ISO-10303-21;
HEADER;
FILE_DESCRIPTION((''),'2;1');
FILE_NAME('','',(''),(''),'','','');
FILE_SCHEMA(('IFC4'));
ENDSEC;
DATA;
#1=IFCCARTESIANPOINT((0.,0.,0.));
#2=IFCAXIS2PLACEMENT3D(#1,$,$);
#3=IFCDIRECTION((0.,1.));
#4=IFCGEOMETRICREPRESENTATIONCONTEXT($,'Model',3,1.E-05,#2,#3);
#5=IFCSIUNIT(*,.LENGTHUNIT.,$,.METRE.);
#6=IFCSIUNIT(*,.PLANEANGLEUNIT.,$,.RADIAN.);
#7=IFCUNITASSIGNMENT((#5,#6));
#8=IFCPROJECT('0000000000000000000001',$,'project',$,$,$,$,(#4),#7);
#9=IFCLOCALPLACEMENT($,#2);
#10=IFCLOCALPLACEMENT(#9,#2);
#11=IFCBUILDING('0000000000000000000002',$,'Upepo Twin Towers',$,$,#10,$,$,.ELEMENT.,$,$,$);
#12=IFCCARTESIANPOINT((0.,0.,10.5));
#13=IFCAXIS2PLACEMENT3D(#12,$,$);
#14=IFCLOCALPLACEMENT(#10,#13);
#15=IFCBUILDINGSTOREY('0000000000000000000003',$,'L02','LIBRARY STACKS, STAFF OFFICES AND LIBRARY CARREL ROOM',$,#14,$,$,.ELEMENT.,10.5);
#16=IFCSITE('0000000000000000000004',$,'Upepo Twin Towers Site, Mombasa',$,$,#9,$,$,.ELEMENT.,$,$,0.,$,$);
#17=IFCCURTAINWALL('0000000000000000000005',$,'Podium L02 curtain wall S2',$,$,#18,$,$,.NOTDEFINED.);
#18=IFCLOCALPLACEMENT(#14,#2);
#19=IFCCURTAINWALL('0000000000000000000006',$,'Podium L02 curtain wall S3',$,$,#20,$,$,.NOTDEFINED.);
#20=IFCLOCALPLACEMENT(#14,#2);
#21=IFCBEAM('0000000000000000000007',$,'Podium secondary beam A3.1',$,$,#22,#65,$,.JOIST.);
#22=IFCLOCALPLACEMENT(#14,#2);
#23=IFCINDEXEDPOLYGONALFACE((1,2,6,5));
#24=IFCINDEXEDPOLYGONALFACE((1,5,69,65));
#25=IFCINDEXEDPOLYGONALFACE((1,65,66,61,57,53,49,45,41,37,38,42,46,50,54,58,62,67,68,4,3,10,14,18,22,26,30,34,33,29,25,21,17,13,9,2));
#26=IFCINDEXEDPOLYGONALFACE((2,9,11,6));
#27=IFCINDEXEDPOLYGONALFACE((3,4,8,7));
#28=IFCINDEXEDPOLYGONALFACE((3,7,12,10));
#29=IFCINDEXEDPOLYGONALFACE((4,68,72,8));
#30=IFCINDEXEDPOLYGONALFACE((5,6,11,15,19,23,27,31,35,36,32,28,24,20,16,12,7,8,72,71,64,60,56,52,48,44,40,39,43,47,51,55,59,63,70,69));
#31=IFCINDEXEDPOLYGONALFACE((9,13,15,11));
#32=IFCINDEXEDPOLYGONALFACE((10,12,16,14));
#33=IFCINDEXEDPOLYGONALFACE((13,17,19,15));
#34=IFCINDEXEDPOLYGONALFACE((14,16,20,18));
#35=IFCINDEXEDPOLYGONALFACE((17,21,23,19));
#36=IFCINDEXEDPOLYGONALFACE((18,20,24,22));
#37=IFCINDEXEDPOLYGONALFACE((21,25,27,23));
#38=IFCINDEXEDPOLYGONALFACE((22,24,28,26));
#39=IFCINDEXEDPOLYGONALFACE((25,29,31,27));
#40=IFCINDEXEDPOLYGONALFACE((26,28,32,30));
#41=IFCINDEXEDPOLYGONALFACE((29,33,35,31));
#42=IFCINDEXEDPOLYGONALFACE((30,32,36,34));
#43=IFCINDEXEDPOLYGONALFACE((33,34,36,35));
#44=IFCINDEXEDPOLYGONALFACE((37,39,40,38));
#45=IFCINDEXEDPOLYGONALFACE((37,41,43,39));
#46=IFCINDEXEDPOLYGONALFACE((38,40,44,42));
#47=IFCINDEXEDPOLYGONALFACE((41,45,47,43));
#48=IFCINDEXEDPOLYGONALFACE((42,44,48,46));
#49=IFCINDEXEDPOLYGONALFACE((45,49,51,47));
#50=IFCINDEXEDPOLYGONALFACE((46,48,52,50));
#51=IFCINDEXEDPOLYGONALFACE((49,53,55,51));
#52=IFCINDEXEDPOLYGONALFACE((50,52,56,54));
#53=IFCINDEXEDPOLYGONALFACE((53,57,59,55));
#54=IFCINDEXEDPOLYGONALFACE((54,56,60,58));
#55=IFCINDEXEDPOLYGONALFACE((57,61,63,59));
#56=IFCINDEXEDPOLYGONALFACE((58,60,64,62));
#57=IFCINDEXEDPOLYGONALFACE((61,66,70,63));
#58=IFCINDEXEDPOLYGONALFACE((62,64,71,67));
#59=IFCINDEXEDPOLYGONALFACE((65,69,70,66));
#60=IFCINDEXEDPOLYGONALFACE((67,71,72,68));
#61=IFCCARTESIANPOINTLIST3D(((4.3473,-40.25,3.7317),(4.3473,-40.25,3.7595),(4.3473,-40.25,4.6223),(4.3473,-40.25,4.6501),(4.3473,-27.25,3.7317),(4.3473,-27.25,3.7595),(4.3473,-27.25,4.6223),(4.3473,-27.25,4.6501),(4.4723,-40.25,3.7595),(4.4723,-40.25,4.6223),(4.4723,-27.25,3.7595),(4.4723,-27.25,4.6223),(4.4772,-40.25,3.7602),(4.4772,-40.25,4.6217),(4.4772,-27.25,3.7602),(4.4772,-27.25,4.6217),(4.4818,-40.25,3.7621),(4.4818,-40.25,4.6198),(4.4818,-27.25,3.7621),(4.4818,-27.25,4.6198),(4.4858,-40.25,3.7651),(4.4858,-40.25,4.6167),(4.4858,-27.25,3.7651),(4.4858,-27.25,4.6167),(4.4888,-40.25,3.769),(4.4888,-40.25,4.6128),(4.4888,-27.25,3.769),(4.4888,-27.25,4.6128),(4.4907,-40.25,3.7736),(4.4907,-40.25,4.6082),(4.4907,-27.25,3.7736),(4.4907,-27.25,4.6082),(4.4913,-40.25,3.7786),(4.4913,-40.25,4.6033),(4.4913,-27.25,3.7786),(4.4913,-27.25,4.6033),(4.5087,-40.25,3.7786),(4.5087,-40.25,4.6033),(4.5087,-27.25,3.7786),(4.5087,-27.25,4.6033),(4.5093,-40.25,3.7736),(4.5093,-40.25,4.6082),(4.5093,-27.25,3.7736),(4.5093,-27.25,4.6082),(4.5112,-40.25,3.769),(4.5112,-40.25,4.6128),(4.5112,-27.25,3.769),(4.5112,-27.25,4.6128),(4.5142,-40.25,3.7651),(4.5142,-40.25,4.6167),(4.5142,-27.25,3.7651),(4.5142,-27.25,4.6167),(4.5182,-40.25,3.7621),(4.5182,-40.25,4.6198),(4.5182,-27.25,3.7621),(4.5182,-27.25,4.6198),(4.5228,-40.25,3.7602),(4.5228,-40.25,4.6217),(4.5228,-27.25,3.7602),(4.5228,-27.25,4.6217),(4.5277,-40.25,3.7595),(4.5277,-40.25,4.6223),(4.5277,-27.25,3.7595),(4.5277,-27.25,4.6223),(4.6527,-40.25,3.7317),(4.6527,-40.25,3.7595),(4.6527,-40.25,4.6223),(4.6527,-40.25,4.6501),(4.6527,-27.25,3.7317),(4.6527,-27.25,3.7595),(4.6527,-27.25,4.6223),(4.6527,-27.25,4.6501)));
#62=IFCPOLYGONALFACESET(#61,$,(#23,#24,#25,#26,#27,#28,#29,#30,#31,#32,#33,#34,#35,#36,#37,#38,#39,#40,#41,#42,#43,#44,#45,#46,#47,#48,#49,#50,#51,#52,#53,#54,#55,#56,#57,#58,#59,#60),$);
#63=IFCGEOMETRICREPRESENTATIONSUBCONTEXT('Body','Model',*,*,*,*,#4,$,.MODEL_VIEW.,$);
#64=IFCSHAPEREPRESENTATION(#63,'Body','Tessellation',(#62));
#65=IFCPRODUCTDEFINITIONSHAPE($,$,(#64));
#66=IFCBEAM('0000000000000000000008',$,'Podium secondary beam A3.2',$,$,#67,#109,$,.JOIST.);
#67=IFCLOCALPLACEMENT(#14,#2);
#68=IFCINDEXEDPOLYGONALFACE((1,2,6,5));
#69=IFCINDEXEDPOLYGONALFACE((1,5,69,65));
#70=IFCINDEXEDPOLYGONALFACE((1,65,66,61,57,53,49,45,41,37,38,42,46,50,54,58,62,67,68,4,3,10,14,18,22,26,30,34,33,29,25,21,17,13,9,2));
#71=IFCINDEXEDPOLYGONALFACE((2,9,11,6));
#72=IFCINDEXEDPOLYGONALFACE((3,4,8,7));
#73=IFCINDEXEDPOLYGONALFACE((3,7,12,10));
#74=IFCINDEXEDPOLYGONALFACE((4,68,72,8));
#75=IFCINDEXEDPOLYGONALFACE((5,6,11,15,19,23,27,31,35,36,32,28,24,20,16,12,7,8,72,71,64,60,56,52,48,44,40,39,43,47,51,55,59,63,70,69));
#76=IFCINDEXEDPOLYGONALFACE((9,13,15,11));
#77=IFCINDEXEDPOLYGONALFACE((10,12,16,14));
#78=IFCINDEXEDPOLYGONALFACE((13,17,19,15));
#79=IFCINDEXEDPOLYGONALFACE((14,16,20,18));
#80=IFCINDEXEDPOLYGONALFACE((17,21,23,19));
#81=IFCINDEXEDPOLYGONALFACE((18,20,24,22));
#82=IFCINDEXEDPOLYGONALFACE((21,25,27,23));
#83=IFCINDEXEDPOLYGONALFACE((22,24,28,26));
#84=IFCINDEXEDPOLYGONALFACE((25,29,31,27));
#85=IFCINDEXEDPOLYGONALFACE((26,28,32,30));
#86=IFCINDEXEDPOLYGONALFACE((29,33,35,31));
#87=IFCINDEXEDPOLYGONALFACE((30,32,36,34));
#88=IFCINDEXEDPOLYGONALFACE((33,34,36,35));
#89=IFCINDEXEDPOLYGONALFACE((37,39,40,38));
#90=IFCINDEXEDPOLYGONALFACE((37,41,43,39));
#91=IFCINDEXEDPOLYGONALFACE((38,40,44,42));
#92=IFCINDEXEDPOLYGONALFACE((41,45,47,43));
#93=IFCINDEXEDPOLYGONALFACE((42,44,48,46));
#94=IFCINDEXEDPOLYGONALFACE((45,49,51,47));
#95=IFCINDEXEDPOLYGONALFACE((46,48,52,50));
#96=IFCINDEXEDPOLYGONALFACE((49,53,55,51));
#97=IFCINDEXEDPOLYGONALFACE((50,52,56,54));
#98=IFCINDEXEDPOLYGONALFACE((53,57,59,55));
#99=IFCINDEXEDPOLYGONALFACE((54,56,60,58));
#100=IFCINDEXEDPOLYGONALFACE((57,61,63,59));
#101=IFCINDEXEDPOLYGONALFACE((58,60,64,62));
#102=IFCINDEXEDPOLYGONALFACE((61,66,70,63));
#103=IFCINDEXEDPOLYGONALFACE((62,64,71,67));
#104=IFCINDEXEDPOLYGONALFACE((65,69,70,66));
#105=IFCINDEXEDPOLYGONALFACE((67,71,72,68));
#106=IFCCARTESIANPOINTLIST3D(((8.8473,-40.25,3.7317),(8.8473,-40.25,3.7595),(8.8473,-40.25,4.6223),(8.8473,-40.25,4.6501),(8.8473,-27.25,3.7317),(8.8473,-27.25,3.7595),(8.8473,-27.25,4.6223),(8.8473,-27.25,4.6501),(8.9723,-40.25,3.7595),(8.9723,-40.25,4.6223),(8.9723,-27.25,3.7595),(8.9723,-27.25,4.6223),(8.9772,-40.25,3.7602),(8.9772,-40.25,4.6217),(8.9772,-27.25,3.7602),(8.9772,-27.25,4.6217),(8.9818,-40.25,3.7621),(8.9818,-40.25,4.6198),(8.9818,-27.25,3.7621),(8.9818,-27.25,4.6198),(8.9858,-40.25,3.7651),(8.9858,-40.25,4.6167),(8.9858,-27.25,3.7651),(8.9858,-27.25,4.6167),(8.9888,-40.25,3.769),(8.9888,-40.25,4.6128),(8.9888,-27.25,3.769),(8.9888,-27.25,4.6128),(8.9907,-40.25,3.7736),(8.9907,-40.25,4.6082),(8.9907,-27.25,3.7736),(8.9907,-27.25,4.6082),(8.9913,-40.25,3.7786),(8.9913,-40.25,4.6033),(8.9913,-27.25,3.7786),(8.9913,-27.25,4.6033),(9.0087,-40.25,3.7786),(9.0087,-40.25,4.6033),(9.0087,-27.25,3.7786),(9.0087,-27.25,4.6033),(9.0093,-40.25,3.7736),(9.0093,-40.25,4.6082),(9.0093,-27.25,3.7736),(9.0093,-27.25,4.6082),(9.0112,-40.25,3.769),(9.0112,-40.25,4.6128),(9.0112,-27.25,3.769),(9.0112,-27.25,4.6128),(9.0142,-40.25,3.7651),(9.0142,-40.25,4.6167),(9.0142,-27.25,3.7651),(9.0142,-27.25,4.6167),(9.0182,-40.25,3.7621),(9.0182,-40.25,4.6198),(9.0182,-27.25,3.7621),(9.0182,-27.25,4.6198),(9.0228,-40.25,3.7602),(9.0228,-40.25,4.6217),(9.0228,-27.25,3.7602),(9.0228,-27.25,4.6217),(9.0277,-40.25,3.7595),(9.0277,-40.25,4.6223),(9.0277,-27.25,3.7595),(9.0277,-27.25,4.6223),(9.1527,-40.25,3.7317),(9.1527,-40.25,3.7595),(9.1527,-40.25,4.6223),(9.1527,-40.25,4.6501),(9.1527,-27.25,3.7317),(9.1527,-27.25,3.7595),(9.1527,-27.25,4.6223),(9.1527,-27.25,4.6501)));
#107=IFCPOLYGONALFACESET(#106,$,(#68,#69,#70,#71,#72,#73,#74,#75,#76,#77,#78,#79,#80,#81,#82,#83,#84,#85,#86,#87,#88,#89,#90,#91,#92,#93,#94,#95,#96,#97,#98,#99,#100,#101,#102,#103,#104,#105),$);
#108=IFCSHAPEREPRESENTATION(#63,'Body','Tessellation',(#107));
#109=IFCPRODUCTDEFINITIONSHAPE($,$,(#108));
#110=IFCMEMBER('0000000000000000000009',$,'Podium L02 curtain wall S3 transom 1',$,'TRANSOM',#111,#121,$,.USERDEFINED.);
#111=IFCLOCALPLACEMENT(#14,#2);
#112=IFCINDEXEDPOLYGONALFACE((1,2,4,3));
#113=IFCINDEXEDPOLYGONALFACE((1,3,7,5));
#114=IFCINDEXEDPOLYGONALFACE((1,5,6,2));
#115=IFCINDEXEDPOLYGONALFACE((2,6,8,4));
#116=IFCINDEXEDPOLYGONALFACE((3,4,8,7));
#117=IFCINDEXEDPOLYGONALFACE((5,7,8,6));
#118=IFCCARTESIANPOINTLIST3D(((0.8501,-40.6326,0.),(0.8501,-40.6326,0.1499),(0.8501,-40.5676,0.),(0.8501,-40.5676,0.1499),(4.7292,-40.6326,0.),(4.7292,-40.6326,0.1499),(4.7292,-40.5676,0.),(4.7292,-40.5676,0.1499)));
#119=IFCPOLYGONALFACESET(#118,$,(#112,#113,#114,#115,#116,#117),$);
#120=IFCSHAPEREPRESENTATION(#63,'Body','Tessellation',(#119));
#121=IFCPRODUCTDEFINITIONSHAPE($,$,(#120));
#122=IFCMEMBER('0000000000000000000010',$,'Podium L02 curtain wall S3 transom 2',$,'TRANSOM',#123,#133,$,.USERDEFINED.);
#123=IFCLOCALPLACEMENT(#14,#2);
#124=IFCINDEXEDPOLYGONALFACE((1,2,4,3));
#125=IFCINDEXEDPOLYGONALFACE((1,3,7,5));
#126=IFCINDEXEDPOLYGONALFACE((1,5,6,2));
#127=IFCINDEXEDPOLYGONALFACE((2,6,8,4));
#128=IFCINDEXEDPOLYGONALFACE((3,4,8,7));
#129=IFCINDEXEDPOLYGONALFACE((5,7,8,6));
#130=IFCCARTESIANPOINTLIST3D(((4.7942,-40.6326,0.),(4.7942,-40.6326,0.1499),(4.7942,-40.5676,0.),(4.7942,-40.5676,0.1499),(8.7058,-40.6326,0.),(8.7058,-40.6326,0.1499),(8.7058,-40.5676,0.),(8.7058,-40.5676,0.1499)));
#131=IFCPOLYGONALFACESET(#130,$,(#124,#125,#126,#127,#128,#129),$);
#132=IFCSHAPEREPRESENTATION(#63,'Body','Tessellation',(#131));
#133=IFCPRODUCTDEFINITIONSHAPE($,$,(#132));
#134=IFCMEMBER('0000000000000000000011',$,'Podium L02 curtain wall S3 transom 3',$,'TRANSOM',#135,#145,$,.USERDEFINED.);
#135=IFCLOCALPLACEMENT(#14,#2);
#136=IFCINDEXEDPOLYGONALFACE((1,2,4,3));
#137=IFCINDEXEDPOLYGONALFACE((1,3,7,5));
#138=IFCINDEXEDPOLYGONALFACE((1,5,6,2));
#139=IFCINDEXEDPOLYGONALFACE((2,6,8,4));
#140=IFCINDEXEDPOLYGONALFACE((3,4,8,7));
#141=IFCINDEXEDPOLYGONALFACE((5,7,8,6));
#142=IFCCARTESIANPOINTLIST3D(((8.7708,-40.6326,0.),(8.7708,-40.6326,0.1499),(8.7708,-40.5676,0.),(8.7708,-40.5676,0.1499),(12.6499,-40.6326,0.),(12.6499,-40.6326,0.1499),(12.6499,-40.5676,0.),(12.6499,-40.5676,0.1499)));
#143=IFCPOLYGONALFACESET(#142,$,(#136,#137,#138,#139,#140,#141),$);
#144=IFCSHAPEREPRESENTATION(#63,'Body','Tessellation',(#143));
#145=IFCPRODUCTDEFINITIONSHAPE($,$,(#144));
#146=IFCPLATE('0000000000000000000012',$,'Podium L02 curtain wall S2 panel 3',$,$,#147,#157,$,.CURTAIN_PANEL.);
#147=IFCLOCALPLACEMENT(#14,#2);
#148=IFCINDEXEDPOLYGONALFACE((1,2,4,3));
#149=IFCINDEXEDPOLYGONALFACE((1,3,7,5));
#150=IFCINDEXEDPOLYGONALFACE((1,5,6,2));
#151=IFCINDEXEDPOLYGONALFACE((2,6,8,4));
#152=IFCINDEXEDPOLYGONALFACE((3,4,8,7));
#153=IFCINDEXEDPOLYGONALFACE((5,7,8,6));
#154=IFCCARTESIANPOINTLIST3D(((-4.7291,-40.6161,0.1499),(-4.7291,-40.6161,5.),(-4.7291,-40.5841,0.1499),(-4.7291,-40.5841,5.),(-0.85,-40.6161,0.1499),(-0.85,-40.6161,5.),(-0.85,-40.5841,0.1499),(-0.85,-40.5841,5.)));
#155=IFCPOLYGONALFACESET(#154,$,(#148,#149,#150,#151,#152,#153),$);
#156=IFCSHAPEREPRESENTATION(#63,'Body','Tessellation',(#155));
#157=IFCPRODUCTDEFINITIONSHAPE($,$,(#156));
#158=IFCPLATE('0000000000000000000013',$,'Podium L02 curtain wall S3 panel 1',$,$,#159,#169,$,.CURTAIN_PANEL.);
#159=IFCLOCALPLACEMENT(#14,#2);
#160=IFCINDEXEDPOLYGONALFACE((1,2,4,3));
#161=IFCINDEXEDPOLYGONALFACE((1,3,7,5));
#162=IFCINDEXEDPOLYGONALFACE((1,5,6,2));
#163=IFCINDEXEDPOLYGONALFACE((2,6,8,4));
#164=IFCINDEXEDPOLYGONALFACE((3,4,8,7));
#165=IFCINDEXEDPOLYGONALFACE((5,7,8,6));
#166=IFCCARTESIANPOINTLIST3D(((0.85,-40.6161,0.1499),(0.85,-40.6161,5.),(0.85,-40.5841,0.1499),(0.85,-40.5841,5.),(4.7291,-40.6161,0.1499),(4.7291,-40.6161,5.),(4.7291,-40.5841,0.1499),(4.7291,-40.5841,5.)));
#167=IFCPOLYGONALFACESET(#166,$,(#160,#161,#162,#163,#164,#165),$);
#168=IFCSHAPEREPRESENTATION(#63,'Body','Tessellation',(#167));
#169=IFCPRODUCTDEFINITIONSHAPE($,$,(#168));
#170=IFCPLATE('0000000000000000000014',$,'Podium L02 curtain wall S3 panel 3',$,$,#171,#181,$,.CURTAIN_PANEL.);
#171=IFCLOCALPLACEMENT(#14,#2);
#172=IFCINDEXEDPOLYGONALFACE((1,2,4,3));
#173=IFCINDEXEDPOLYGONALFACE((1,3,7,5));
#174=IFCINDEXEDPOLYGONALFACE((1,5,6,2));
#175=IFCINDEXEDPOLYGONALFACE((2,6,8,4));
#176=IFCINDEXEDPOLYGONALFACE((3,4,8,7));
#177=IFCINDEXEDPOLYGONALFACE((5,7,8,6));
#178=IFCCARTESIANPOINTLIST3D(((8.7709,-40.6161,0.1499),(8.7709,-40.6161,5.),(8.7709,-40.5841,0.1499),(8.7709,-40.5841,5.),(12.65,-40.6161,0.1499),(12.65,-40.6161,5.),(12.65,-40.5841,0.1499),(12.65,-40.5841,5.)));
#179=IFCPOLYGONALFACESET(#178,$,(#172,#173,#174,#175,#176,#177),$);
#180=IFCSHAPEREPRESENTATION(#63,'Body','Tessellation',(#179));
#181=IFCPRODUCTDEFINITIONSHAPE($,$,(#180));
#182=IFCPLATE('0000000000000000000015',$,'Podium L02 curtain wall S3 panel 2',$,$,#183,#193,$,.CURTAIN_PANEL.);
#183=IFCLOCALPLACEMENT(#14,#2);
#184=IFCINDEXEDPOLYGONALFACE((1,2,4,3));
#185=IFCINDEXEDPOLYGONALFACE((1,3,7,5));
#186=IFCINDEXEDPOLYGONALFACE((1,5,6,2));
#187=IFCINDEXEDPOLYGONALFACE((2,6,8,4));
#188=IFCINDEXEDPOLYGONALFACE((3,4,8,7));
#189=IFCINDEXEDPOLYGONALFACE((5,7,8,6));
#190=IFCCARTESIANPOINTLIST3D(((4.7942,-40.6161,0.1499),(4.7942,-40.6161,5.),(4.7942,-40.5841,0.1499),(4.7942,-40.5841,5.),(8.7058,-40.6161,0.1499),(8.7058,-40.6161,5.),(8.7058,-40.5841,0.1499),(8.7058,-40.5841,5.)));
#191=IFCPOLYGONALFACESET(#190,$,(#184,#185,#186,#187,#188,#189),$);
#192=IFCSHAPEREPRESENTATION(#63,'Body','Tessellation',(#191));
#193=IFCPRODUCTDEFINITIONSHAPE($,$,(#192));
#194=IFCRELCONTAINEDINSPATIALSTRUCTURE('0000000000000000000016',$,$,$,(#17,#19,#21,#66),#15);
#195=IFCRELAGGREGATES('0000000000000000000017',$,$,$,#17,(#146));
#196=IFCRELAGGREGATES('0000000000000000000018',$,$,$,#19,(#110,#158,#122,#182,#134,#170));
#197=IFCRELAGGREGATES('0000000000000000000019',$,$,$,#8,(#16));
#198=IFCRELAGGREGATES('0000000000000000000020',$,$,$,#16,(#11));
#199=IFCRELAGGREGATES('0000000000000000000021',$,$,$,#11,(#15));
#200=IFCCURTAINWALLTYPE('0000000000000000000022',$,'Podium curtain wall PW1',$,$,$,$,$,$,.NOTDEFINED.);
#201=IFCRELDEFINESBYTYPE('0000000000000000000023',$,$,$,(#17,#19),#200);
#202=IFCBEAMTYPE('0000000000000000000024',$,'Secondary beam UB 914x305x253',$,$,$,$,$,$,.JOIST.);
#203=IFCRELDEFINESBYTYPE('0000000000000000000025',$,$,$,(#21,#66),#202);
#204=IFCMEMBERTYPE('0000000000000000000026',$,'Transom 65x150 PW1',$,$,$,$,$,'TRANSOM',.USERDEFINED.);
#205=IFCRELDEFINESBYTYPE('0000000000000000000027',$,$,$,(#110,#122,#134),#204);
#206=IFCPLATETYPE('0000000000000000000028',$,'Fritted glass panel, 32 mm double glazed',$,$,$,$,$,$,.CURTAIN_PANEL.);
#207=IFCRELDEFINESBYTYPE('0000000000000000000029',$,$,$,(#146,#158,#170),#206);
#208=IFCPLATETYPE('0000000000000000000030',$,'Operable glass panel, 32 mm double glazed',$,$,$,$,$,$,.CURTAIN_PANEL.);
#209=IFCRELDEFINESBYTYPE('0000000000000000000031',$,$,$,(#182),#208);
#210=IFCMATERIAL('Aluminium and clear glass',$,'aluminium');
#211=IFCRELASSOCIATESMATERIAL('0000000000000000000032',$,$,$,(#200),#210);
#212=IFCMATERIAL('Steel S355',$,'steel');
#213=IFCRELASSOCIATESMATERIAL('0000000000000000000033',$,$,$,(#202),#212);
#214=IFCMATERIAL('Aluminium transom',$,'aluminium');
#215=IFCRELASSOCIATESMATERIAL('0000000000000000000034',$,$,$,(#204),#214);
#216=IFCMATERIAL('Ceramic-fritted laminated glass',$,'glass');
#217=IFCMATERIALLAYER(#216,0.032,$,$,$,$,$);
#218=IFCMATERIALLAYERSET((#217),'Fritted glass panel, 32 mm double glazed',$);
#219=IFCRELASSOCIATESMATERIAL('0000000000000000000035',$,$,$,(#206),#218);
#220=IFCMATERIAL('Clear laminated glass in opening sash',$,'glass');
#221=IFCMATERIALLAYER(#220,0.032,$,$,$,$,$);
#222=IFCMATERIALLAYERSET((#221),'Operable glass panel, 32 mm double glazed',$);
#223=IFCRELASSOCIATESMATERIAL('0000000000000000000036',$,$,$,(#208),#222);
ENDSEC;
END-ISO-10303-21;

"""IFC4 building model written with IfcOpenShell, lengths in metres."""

from ifc_helpers import new_model, si_unit, direction, frame, origin, origin_2d, place, context, subcontext, project, spatial, rectangle, i_section, extrude, material, layer, layer_set, material_profile, profile_set, type_object, element, aggregate, save


model = new_model("IFC4")

# Units and contexts
model_context = context("Model", 3, precision=1e-05, world=origin(), true_north=direction((0.0, 1.0)))
body_context = subcontext(model_context, "Body", "Model", "MODEL_VIEW")
ifc_project = project(units=[si_unit("LENGTHUNIT", "METRE"), si_unit("PLANEANGLEUNIT", "RADIAN")], contexts=[model_context])

# Site, building, storey
site_placement = place(None, origin())
site = spatial("IfcSite", under=ifc_project, at=site_placement, Name="Upepo Twin Towers Site, Mombasa", CompositionType="ELEMENT", RefElevation=0.0)
building_placement = place(site_placement, origin())
building = spatial("IfcBuilding", under=site, at=building_placement, Name="Upepo Twin Towers", CompositionType="ELEMENT")
storey_placement = place(building_placement, frame((0.0, 0.0, 10.5)))
storey = spatial("IfcBuildingStorey", under=building, at=storey_placement, Name="L02", Description="LIBRARY STACKS, STAFF OFFICES AND LIBRARY CARREL ROOM", CompositionType="ELEMENT", Elevation=10.5)

# Curtain wall
ifc_material_1 = material(Name="Aluminium and clear glass", Category="aluminium")
curtain_wall_type = type_object("IfcCurtainWallType", Name="Podium curtain wall PW1", PredefinedType="NOTDEFINED", material=ifc_material_1)
curtain_wall_1_placement = place(storey_placement, origin())
curtain_wall_1 = element("IfcCurtainWall", 1, at=curtain_wall_1_placement, inside=storey, type_object=curtain_wall_type, Name="Podium L02 curtain wall S2", PredefinedType="NOTDEFINED")

# Curtain wall
curtain_wall_2_placement = place(storey_placement, origin())
curtain_wall_2 = element("IfcCurtainWall", 2, at=curtain_wall_2_placement, inside=storey, type_object=curtain_wall_type, Name="Podium L02 curtain wall S3", PredefinedType="NOTDEFINED")

# Beams
ifc_material_2 = material(Name="Steel S355", Category="steel")
ifc_material_profile_1 = material_profile(ifc_material_2, i_section(OverallWidth=0.3054, OverallDepth=0.9185, WebThickness=0.0173, FlangeThickness=0.0278, FilletRadius=0.019, at=origin_2d()), Name="UB 914x305x253")
ifc_profile_set_1 = profile_set([ifc_material_profile_1], Name="Steel S355")
beam_type_1 = type_object("IfcBeamType", Name="Secondary beam UB 914x305x253", PredefinedType="JOIST", material=ifc_profile_set_1)
for number, where, z_axis, x_axis, name in (
    (3, (4.5, -40.25, 4.1909), (0.0, 1.0, 0.0), (-1.0, 0.0, 0.0), "Podium secondary beam A3.1"),
    (4, (9.0, -40.25, 4.1909), (0.0, 1.0, 0.0), (-1.0, 0.0, 0.0), "Podium secondary beam A3.2"),
):
    element("IfcBeam", number, at=place(storey_placement, frame(where, z_axis=z_axis, x_axis=x_axis)), inside=storey, type_object=beam_type_1, Name=name, PredefinedType="JOIST", context=body_context, shape_type="SweptSolid", body=[
        extrude(i_section(OverallWidth=0.3054, OverallDepth=0.9185, WebThickness=0.0173, FlangeThickness=0.0278, FilletRadius=0.019, at=origin_2d()), origin(), (0.0, 0.0, 1.0), 13.0),
    ])

# Members
ifc_material_3 = material(Name="Aluminium transom", Category="aluminium")
ifc_material_profile_2 = material_profile(ifc_material_3, rectangle(XDim=0.0649, YDim=0.1499, at=origin_2d()), Name="TRANSOM 65x150 PODIUM")
ifc_profile_set_2 = profile_set([ifc_material_profile_2], Name="Aluminium transom")
member_type_1 = type_object("IfcMemberType", Name="Transom 65x150 PW1", ElementType="TRANSOM", PredefinedType="USERDEFINED", material=ifc_profile_set_2)
member_1_placement = place(storey_placement, frame((0.8501, -40.6001, 0.075), z_axis=(1.0, 0.0, 0.0), x_axis=(0.0, 1.0, 0.0)))
member_1 = element("IfcMember", 5, at=member_1_placement, type_object=member_type_1, Name="Podium L02 curtain wall S3 transom 1", ObjectType="TRANSOM", PredefinedType="USERDEFINED", context=body_context, shape_type="SweptSolid", body=[
    extrude(rectangle(XDim=0.0649, YDim=0.1499, at=origin_2d()), origin(), (0.0, 0.0, 1.0), 3.8792),
])
member_2_placement = place(storey_placement, frame((4.7942, -40.6001, 0.075), z_axis=(1.0, 0.0, 0.0), x_axis=(0.0, 1.0, 0.0)))
member_2 = element("IfcMember", 6, at=member_2_placement, type_object=member_type_1, Name="Podium L02 curtain wall S3 transom 2", ObjectType="TRANSOM", PredefinedType="USERDEFINED", context=body_context, shape_type="SweptSolid", body=[
    extrude(rectangle(XDim=0.0649, YDim=0.1499, at=origin_2d()), origin(), (0.0, 0.0, 1.0), 3.9116),
])
member_3_placement = place(storey_placement, frame((8.7708, -40.6001, 0.075), z_axis=(1.0, 0.0, 0.0), x_axis=(0.0, 1.0, 0.0)))
member_3 = element("IfcMember", 7, at=member_3_placement, type_object=member_type_1, Name="Podium L02 curtain wall S3 transom 3", ObjectType="TRANSOM", PredefinedType="USERDEFINED", context=body_context, shape_type="SweptSolid", body=[
    extrude(rectangle(XDim=0.0649, YDim=0.1499, at=origin_2d()), origin(), (0.0, 0.0, 1.0), 3.8792),
])

# Plates
ifc_material_4 = material(Name="Ceramic-fritted laminated glass", Category="glass")
ifc_layer_1 = layer(ifc_material_4, 0.032)
ifc_layer_set_1 = layer_set([ifc_layer_1], Name="Fritted glass panel, 32 mm double glazed")
plate_type_1 = type_object("IfcPlateType", Name="Fritted glass panel, 32 mm double glazed", PredefinedType="CURTAIN_PANEL", material=ifc_layer_set_1)
plate_1_placement = place(storey_placement, frame((-2.7896, -40.6001, 0.1499), z_axis=(0.0, 0.0, 1.0), x_axis=(1.0, 0.0, 0.0)))
plate_1 = element("IfcPlate", 8, at=plate_1_placement, type_object=plate_type_1, Name="Podium L02 curtain wall S2 panel 3", PredefinedType="CURTAIN_PANEL", context=body_context, shape_type="SweptSolid", body=[
    extrude(rectangle(XDim=3.8792, YDim=0.032, at=origin_2d()), origin(), (0.0, 0.0, 1.0), 4.8501),
])
aggregate(curtain_wall_1, [plate_1])
plate_2_placement = place(storey_placement, frame((2.7896, -40.6001, 0.1499), z_axis=(0.0, 0.0, 1.0), x_axis=(1.0, 0.0, 0.0)))
plate_2 = element("IfcPlate", 9, at=plate_2_placement, type_object=plate_type_1, Name="Podium L02 curtain wall S3 panel 1", PredefinedType="CURTAIN_PANEL", context=body_context, shape_type="SweptSolid", body=[
    extrude(rectangle(XDim=3.8792, YDim=0.032, at=origin_2d()), origin(), (0.0, 0.0, 1.0), 4.8501),
])
plate_3_placement = place(storey_placement, frame((10.7104, -40.6001, 0.1499), z_axis=(0.0, 0.0, 1.0), x_axis=(1.0, 0.0, 0.0)))
plate_3 = element("IfcPlate", 10, at=plate_3_placement, type_object=plate_type_1, Name="Podium L02 curtain wall S3 panel 3", PredefinedType="CURTAIN_PANEL", context=body_context, shape_type="SweptSolid", body=[
    extrude(rectangle(XDim=3.8792, YDim=0.032, at=origin_2d()), origin(), (0.0, 0.0, 1.0), 4.8501),
])
ifc_material_5 = material(Name="Clear laminated glass in opening sash", Category="glass")
ifc_layer_2 = layer(ifc_material_5, 0.032)
ifc_layer_set_2 = layer_set([ifc_layer_2], Name="Operable glass panel, 32 mm double glazed")
plate_type_2 = type_object("IfcPlateType", Name="Operable glass panel, 32 mm double glazed", PredefinedType="CURTAIN_PANEL", material=ifc_layer_set_2)
plate_4_placement = place(storey_placement, frame((6.75, -40.6001, 0.1499), z_axis=(0.0, 0.0, 1.0), x_axis=(1.0, 0.0, 0.0)))
plate_4 = element("IfcPlate", 11, at=plate_4_placement, type_object=plate_type_2, Name="Podium L02 curtain wall S3 panel 2", PredefinedType="CURTAIN_PANEL", context=body_context, shape_type="SweptSolid", body=[
    extrude(rectangle(XDim=3.9116, YDim=0.032, at=origin_2d()), origin(), (0.0, 0.0, 1.0), 4.8501),
])
aggregate(curtain_wall_2, [member_1, plate_2, member_2, plate_4, member_3, plate_3])

save(model, "model.ifc")
